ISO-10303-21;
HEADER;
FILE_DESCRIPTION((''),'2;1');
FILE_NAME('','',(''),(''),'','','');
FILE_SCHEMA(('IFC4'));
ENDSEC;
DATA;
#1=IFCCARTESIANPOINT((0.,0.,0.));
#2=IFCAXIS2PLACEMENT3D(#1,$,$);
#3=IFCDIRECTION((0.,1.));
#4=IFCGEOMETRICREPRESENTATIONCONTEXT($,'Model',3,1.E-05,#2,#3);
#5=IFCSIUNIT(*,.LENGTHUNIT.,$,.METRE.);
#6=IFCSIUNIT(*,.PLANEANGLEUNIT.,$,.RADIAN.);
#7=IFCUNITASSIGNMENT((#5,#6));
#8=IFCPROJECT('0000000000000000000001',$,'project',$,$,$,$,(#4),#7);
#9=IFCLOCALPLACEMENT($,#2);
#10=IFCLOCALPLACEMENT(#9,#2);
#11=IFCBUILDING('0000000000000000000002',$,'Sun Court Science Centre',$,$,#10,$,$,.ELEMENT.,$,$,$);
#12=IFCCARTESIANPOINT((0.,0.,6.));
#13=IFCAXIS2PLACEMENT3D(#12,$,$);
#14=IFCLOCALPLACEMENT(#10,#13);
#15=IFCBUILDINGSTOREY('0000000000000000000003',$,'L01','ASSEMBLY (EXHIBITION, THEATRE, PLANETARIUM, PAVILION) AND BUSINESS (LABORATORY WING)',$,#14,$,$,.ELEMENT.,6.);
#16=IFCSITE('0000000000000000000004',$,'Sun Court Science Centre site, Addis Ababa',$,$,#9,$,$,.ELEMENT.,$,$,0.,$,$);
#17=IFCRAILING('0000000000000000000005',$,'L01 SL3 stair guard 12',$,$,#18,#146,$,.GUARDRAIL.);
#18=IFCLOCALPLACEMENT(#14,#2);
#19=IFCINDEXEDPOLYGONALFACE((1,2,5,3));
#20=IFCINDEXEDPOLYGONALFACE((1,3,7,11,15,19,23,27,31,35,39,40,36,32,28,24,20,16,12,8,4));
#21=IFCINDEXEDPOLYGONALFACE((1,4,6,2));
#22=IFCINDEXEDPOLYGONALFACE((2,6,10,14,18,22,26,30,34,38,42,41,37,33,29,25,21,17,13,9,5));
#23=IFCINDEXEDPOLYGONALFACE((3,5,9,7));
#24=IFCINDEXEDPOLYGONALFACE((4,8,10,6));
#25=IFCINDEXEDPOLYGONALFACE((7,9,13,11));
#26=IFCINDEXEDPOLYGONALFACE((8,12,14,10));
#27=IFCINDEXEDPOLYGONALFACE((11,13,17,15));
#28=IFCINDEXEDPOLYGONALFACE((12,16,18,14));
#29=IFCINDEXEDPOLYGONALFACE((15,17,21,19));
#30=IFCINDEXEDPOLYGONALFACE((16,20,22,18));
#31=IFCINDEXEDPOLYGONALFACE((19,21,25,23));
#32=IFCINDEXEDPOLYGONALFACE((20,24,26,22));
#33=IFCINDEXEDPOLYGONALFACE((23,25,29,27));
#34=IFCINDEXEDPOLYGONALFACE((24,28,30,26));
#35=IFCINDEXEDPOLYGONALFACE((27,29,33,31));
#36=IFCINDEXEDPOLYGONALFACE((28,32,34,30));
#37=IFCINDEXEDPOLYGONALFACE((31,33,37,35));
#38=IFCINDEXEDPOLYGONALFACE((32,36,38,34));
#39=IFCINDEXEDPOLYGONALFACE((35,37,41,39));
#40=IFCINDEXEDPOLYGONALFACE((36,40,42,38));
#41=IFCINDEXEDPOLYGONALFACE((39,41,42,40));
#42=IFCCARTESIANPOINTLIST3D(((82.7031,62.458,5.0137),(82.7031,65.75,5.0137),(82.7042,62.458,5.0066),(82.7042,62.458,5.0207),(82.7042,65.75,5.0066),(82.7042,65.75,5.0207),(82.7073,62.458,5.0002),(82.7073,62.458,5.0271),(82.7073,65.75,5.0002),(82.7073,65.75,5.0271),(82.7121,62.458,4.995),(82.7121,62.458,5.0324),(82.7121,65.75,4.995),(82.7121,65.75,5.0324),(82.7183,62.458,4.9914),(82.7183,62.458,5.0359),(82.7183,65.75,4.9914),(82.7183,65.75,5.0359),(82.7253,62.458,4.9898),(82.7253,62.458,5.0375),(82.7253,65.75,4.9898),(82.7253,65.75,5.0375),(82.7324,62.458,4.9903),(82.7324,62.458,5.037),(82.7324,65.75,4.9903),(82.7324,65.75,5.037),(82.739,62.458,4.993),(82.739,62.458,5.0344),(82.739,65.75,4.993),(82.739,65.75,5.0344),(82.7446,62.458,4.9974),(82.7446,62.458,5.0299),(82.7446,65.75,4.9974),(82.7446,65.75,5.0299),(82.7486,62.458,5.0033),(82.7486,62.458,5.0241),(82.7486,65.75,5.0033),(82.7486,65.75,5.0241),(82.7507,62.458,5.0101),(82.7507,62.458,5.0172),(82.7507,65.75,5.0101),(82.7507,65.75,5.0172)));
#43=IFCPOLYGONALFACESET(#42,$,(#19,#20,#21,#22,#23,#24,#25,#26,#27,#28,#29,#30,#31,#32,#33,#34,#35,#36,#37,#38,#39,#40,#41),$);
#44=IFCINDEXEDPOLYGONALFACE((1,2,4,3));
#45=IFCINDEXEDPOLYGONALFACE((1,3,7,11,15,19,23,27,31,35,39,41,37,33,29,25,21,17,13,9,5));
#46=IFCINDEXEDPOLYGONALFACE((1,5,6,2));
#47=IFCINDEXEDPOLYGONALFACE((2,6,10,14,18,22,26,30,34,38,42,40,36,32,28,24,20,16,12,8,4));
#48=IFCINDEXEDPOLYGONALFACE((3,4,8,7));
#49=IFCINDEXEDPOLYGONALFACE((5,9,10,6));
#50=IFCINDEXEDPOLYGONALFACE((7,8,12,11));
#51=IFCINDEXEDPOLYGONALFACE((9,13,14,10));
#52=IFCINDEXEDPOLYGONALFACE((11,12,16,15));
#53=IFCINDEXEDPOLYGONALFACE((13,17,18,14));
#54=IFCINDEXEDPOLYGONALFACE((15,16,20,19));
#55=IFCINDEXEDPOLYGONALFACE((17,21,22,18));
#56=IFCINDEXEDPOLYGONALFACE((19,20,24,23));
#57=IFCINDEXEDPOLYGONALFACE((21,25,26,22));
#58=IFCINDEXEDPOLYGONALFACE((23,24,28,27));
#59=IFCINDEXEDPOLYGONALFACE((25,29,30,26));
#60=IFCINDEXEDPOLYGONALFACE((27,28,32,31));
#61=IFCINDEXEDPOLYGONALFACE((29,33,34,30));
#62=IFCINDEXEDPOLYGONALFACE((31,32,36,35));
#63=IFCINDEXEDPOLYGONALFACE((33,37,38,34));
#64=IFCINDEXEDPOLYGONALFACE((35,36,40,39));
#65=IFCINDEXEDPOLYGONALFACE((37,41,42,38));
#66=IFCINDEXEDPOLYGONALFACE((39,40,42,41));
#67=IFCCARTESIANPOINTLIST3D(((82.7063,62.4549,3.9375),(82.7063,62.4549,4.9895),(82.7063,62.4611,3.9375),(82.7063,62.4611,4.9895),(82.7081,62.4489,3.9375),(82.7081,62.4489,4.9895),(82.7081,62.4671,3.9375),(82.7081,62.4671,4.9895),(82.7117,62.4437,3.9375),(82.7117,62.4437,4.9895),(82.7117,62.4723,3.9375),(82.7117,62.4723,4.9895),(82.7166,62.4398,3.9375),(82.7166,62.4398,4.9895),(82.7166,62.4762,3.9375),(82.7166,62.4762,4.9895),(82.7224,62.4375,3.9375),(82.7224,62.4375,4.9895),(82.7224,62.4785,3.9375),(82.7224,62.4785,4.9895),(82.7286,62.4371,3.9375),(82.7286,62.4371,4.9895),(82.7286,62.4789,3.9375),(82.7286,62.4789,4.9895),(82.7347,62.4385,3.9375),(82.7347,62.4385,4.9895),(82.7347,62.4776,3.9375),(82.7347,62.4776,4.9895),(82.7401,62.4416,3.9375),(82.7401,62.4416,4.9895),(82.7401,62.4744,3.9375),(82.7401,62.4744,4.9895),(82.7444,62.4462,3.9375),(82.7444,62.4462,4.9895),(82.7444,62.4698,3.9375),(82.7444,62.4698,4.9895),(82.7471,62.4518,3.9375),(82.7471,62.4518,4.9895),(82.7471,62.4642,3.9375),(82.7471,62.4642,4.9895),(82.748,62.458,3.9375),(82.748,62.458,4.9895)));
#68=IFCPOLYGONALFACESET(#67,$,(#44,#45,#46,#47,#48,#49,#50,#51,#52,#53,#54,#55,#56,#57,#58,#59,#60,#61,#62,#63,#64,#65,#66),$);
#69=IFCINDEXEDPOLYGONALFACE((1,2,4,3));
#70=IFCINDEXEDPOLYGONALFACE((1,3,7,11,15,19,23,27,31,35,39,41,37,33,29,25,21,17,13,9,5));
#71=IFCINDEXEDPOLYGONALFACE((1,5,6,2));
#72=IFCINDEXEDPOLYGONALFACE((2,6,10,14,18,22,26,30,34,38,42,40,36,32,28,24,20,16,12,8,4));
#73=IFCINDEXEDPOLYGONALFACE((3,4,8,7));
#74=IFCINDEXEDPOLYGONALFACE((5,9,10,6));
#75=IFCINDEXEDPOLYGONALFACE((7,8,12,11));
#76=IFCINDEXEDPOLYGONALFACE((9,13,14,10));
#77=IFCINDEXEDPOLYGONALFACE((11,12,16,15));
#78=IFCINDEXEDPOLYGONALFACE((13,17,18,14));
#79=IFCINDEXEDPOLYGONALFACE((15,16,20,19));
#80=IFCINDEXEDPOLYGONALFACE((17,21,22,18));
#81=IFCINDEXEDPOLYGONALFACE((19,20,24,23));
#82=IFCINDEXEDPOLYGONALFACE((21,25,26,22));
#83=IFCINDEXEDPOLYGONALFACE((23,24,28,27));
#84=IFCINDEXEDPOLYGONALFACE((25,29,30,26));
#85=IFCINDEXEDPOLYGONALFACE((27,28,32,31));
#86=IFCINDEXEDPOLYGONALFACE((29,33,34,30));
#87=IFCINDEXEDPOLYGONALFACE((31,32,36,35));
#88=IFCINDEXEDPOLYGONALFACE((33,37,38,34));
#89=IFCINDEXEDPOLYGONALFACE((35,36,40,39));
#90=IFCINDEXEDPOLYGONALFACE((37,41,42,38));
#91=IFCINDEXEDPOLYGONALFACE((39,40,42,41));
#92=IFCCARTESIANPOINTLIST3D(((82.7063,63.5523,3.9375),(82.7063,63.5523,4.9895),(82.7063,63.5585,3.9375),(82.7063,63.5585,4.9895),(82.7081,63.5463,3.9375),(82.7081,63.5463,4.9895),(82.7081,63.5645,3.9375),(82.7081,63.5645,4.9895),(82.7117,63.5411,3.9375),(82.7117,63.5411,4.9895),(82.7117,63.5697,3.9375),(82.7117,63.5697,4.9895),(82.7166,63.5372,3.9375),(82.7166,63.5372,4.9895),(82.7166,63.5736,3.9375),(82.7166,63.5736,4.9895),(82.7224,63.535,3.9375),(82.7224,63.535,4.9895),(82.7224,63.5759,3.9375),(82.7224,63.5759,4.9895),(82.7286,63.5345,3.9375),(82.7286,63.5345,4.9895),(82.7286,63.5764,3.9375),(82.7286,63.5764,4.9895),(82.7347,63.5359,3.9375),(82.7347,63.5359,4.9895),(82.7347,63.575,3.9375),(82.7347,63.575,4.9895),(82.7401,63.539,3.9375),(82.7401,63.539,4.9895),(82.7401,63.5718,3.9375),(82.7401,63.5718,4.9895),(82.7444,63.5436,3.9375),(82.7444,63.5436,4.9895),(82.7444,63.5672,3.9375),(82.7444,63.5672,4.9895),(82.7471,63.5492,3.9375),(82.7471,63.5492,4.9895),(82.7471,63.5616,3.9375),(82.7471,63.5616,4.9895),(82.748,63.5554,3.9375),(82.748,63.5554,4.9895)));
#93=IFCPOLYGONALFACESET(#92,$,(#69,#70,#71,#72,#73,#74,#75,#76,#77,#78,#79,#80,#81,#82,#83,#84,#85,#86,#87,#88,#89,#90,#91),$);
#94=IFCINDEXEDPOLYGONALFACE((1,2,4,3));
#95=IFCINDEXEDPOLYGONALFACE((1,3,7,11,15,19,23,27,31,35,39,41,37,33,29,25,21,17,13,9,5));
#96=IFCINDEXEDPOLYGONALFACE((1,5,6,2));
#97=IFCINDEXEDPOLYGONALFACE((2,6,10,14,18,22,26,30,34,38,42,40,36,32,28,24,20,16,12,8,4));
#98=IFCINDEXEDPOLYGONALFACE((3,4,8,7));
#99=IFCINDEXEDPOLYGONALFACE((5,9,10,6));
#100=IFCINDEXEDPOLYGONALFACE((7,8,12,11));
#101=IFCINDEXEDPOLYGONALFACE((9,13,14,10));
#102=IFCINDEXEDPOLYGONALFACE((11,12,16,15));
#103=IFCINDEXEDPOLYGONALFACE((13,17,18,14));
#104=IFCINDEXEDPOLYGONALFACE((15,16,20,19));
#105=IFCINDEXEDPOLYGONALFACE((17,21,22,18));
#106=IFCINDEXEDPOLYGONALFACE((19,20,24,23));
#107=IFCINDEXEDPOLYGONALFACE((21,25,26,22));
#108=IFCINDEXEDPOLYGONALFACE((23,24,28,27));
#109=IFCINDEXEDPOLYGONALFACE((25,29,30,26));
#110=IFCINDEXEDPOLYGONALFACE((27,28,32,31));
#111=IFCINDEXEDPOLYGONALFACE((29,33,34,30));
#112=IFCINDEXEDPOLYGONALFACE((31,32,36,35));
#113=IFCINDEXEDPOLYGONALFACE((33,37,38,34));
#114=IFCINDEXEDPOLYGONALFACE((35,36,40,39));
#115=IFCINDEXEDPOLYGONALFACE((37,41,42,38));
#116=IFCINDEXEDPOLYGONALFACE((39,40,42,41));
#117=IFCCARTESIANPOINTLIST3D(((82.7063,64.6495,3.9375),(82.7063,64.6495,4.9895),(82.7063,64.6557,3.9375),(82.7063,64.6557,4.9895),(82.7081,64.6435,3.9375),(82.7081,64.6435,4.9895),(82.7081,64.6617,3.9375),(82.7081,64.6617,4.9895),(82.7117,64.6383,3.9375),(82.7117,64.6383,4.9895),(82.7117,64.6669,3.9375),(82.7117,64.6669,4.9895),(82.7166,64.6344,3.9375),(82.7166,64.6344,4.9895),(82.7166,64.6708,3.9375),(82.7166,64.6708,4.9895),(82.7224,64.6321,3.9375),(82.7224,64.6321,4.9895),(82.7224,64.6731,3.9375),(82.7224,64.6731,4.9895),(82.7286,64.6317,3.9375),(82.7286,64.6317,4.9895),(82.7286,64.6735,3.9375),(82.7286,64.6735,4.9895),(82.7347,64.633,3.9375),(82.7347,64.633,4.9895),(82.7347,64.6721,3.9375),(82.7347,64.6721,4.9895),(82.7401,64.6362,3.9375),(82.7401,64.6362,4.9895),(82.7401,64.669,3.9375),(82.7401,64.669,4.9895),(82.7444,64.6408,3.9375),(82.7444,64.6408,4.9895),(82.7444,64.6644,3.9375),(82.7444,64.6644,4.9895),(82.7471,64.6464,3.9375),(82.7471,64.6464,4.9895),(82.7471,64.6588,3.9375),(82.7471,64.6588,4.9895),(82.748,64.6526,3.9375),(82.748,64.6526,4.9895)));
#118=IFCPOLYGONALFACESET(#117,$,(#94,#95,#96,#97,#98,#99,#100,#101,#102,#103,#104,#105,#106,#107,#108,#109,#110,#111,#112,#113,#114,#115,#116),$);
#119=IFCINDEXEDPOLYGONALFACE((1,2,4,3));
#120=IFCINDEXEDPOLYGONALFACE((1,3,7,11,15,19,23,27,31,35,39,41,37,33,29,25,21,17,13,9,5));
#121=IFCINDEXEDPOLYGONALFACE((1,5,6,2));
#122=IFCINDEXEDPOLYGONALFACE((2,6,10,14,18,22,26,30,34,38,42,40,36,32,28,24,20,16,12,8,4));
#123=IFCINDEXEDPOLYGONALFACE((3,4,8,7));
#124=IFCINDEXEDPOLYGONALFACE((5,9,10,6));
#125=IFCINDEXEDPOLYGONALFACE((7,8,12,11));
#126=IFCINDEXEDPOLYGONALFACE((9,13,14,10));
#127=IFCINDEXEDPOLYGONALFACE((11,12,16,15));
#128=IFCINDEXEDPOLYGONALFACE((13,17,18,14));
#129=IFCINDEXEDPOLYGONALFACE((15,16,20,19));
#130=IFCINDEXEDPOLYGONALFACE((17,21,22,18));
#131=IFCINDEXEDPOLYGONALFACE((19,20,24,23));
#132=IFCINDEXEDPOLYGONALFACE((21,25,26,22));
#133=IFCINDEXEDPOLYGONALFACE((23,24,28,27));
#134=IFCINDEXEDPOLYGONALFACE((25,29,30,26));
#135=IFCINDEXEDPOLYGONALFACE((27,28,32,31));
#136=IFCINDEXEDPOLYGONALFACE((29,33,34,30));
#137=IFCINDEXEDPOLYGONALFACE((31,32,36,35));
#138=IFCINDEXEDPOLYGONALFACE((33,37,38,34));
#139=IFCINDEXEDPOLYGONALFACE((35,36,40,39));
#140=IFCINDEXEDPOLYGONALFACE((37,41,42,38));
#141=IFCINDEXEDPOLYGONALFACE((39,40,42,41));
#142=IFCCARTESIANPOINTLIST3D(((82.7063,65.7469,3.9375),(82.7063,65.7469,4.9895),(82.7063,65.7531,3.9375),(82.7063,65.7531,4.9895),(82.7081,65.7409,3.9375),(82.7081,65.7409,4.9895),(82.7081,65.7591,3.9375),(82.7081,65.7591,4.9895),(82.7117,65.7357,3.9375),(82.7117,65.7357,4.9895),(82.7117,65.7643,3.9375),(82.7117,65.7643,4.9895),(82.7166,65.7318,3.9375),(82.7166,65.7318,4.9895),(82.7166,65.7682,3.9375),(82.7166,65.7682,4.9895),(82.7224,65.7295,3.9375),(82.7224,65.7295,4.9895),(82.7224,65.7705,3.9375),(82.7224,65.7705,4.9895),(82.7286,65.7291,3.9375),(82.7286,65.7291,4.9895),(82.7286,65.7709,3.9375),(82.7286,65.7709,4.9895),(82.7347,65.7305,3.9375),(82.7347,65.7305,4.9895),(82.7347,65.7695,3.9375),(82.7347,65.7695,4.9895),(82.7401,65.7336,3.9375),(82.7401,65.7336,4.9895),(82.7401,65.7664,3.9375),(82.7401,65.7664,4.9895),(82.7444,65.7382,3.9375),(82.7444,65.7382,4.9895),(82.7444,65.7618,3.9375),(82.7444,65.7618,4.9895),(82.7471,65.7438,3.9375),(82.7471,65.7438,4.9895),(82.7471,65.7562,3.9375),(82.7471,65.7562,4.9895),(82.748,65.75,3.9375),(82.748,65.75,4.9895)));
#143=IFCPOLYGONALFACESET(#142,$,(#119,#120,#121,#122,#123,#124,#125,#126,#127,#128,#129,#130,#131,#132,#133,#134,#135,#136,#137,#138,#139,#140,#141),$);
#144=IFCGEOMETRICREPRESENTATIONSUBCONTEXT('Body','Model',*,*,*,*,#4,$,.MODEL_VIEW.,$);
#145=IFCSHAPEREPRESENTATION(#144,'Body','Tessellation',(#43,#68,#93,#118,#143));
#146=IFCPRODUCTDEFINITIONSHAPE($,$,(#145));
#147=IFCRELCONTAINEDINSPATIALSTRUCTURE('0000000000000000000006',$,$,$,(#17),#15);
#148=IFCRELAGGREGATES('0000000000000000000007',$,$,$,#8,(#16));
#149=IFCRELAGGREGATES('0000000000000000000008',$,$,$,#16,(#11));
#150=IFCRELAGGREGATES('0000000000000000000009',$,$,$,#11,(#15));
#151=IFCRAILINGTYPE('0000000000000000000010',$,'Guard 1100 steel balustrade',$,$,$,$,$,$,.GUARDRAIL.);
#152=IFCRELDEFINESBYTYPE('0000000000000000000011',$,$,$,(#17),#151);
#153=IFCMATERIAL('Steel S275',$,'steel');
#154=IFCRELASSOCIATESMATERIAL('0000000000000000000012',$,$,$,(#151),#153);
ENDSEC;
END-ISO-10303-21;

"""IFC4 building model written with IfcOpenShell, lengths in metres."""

from ifc_helpers import new_model, si_unit, direction, frame, origin, origin_2d, place, context, subcontext, project, spatial, circle, extrude, material, type_object, element, save


model = new_model("IFC4")

# Units and contexts
model_context = context("Model", 3, precision=1e-05, world=origin(), true_north=direction((0.0, 1.0)))
body_context = subcontext(model_context, "Body", "Model", "MODEL_VIEW")
ifc_project = project(units=[si_unit("LENGTHUNIT", "METRE"), si_unit("PLANEANGLEUNIT", "RADIAN")], contexts=[model_context])

# Site, building, storey
site_placement = place(None, origin())
site = spatial("IfcSite", under=ifc_project, at=site_placement, Name="Sun Court Science Centre site, Addis Ababa", CompositionType="ELEMENT", RefElevation=0.0)
building_placement = place(site_placement, origin())
building = spatial("IfcBuilding", under=site, at=building_placement, Name="Sun Court Science Centre", CompositionType="ELEMENT")
storey_placement = place(building_placement, frame((0.0, 0.0, 6.0)))
storey = spatial("IfcBuildingStorey", under=building, at=storey_placement, Name="L01", Description="ASSEMBLY (EXHIBITION, THEATRE, PLANETARIUM, PAVILION) AND BUSINESS (LABORATORY WING)", CompositionType="ELEMENT", Elevation=6.0)

# Railing
ifc_material_1 = material(Name="Steel S275", Category="steel")
railing_type_1 = type_object("IfcRailingType", Name="Guard 1100 steel balustrade", PredefinedType="GUARDRAIL", material=ifc_material_1)
for number, where, name in (
    (1, (82.7271, 62.458, 3.9375), "L01 SL3 stair guard 12"),
):
    element("IfcRailing", number, at=place(storey_placement, frame(where)), inside=storey, type_object=railing_type_1, Name=name, PredefinedType="GUARDRAIL", context=body_context, shape_type="SweptSolid", body=[
        extrude(circle(Radius=0.0239, at=origin_2d()), frame((0.0, 0.0, 1.0762), z_axis=(0.0, 1.0, 0.0), x_axis=(-1.0, 0.0, 0.0)), (0.0, 0.0, 1.0), 3.292),
        extrude(circle(Radius=0.021, at=origin_2d()), origin(), (0.0, 0.0, 1.0), 1.052),
        extrude(circle(Radius=0.021, at=origin_2d()), frame((0.0, 1.0974, 0.0)), (0.0, 0.0, 1.0), 1.052),
        extrude(circle(Radius=0.021, at=origin_2d()), frame((0.0, 2.1946, 0.0)), (0.0, 0.0, 1.0), 1.052),
        extrude(circle(Radius=0.021, at=origin_2d()), frame((0.0, 3.292, 0.0)), (0.0, 0.0, 1.0), 1.052),
    ])

save(model, "model.ifc")
